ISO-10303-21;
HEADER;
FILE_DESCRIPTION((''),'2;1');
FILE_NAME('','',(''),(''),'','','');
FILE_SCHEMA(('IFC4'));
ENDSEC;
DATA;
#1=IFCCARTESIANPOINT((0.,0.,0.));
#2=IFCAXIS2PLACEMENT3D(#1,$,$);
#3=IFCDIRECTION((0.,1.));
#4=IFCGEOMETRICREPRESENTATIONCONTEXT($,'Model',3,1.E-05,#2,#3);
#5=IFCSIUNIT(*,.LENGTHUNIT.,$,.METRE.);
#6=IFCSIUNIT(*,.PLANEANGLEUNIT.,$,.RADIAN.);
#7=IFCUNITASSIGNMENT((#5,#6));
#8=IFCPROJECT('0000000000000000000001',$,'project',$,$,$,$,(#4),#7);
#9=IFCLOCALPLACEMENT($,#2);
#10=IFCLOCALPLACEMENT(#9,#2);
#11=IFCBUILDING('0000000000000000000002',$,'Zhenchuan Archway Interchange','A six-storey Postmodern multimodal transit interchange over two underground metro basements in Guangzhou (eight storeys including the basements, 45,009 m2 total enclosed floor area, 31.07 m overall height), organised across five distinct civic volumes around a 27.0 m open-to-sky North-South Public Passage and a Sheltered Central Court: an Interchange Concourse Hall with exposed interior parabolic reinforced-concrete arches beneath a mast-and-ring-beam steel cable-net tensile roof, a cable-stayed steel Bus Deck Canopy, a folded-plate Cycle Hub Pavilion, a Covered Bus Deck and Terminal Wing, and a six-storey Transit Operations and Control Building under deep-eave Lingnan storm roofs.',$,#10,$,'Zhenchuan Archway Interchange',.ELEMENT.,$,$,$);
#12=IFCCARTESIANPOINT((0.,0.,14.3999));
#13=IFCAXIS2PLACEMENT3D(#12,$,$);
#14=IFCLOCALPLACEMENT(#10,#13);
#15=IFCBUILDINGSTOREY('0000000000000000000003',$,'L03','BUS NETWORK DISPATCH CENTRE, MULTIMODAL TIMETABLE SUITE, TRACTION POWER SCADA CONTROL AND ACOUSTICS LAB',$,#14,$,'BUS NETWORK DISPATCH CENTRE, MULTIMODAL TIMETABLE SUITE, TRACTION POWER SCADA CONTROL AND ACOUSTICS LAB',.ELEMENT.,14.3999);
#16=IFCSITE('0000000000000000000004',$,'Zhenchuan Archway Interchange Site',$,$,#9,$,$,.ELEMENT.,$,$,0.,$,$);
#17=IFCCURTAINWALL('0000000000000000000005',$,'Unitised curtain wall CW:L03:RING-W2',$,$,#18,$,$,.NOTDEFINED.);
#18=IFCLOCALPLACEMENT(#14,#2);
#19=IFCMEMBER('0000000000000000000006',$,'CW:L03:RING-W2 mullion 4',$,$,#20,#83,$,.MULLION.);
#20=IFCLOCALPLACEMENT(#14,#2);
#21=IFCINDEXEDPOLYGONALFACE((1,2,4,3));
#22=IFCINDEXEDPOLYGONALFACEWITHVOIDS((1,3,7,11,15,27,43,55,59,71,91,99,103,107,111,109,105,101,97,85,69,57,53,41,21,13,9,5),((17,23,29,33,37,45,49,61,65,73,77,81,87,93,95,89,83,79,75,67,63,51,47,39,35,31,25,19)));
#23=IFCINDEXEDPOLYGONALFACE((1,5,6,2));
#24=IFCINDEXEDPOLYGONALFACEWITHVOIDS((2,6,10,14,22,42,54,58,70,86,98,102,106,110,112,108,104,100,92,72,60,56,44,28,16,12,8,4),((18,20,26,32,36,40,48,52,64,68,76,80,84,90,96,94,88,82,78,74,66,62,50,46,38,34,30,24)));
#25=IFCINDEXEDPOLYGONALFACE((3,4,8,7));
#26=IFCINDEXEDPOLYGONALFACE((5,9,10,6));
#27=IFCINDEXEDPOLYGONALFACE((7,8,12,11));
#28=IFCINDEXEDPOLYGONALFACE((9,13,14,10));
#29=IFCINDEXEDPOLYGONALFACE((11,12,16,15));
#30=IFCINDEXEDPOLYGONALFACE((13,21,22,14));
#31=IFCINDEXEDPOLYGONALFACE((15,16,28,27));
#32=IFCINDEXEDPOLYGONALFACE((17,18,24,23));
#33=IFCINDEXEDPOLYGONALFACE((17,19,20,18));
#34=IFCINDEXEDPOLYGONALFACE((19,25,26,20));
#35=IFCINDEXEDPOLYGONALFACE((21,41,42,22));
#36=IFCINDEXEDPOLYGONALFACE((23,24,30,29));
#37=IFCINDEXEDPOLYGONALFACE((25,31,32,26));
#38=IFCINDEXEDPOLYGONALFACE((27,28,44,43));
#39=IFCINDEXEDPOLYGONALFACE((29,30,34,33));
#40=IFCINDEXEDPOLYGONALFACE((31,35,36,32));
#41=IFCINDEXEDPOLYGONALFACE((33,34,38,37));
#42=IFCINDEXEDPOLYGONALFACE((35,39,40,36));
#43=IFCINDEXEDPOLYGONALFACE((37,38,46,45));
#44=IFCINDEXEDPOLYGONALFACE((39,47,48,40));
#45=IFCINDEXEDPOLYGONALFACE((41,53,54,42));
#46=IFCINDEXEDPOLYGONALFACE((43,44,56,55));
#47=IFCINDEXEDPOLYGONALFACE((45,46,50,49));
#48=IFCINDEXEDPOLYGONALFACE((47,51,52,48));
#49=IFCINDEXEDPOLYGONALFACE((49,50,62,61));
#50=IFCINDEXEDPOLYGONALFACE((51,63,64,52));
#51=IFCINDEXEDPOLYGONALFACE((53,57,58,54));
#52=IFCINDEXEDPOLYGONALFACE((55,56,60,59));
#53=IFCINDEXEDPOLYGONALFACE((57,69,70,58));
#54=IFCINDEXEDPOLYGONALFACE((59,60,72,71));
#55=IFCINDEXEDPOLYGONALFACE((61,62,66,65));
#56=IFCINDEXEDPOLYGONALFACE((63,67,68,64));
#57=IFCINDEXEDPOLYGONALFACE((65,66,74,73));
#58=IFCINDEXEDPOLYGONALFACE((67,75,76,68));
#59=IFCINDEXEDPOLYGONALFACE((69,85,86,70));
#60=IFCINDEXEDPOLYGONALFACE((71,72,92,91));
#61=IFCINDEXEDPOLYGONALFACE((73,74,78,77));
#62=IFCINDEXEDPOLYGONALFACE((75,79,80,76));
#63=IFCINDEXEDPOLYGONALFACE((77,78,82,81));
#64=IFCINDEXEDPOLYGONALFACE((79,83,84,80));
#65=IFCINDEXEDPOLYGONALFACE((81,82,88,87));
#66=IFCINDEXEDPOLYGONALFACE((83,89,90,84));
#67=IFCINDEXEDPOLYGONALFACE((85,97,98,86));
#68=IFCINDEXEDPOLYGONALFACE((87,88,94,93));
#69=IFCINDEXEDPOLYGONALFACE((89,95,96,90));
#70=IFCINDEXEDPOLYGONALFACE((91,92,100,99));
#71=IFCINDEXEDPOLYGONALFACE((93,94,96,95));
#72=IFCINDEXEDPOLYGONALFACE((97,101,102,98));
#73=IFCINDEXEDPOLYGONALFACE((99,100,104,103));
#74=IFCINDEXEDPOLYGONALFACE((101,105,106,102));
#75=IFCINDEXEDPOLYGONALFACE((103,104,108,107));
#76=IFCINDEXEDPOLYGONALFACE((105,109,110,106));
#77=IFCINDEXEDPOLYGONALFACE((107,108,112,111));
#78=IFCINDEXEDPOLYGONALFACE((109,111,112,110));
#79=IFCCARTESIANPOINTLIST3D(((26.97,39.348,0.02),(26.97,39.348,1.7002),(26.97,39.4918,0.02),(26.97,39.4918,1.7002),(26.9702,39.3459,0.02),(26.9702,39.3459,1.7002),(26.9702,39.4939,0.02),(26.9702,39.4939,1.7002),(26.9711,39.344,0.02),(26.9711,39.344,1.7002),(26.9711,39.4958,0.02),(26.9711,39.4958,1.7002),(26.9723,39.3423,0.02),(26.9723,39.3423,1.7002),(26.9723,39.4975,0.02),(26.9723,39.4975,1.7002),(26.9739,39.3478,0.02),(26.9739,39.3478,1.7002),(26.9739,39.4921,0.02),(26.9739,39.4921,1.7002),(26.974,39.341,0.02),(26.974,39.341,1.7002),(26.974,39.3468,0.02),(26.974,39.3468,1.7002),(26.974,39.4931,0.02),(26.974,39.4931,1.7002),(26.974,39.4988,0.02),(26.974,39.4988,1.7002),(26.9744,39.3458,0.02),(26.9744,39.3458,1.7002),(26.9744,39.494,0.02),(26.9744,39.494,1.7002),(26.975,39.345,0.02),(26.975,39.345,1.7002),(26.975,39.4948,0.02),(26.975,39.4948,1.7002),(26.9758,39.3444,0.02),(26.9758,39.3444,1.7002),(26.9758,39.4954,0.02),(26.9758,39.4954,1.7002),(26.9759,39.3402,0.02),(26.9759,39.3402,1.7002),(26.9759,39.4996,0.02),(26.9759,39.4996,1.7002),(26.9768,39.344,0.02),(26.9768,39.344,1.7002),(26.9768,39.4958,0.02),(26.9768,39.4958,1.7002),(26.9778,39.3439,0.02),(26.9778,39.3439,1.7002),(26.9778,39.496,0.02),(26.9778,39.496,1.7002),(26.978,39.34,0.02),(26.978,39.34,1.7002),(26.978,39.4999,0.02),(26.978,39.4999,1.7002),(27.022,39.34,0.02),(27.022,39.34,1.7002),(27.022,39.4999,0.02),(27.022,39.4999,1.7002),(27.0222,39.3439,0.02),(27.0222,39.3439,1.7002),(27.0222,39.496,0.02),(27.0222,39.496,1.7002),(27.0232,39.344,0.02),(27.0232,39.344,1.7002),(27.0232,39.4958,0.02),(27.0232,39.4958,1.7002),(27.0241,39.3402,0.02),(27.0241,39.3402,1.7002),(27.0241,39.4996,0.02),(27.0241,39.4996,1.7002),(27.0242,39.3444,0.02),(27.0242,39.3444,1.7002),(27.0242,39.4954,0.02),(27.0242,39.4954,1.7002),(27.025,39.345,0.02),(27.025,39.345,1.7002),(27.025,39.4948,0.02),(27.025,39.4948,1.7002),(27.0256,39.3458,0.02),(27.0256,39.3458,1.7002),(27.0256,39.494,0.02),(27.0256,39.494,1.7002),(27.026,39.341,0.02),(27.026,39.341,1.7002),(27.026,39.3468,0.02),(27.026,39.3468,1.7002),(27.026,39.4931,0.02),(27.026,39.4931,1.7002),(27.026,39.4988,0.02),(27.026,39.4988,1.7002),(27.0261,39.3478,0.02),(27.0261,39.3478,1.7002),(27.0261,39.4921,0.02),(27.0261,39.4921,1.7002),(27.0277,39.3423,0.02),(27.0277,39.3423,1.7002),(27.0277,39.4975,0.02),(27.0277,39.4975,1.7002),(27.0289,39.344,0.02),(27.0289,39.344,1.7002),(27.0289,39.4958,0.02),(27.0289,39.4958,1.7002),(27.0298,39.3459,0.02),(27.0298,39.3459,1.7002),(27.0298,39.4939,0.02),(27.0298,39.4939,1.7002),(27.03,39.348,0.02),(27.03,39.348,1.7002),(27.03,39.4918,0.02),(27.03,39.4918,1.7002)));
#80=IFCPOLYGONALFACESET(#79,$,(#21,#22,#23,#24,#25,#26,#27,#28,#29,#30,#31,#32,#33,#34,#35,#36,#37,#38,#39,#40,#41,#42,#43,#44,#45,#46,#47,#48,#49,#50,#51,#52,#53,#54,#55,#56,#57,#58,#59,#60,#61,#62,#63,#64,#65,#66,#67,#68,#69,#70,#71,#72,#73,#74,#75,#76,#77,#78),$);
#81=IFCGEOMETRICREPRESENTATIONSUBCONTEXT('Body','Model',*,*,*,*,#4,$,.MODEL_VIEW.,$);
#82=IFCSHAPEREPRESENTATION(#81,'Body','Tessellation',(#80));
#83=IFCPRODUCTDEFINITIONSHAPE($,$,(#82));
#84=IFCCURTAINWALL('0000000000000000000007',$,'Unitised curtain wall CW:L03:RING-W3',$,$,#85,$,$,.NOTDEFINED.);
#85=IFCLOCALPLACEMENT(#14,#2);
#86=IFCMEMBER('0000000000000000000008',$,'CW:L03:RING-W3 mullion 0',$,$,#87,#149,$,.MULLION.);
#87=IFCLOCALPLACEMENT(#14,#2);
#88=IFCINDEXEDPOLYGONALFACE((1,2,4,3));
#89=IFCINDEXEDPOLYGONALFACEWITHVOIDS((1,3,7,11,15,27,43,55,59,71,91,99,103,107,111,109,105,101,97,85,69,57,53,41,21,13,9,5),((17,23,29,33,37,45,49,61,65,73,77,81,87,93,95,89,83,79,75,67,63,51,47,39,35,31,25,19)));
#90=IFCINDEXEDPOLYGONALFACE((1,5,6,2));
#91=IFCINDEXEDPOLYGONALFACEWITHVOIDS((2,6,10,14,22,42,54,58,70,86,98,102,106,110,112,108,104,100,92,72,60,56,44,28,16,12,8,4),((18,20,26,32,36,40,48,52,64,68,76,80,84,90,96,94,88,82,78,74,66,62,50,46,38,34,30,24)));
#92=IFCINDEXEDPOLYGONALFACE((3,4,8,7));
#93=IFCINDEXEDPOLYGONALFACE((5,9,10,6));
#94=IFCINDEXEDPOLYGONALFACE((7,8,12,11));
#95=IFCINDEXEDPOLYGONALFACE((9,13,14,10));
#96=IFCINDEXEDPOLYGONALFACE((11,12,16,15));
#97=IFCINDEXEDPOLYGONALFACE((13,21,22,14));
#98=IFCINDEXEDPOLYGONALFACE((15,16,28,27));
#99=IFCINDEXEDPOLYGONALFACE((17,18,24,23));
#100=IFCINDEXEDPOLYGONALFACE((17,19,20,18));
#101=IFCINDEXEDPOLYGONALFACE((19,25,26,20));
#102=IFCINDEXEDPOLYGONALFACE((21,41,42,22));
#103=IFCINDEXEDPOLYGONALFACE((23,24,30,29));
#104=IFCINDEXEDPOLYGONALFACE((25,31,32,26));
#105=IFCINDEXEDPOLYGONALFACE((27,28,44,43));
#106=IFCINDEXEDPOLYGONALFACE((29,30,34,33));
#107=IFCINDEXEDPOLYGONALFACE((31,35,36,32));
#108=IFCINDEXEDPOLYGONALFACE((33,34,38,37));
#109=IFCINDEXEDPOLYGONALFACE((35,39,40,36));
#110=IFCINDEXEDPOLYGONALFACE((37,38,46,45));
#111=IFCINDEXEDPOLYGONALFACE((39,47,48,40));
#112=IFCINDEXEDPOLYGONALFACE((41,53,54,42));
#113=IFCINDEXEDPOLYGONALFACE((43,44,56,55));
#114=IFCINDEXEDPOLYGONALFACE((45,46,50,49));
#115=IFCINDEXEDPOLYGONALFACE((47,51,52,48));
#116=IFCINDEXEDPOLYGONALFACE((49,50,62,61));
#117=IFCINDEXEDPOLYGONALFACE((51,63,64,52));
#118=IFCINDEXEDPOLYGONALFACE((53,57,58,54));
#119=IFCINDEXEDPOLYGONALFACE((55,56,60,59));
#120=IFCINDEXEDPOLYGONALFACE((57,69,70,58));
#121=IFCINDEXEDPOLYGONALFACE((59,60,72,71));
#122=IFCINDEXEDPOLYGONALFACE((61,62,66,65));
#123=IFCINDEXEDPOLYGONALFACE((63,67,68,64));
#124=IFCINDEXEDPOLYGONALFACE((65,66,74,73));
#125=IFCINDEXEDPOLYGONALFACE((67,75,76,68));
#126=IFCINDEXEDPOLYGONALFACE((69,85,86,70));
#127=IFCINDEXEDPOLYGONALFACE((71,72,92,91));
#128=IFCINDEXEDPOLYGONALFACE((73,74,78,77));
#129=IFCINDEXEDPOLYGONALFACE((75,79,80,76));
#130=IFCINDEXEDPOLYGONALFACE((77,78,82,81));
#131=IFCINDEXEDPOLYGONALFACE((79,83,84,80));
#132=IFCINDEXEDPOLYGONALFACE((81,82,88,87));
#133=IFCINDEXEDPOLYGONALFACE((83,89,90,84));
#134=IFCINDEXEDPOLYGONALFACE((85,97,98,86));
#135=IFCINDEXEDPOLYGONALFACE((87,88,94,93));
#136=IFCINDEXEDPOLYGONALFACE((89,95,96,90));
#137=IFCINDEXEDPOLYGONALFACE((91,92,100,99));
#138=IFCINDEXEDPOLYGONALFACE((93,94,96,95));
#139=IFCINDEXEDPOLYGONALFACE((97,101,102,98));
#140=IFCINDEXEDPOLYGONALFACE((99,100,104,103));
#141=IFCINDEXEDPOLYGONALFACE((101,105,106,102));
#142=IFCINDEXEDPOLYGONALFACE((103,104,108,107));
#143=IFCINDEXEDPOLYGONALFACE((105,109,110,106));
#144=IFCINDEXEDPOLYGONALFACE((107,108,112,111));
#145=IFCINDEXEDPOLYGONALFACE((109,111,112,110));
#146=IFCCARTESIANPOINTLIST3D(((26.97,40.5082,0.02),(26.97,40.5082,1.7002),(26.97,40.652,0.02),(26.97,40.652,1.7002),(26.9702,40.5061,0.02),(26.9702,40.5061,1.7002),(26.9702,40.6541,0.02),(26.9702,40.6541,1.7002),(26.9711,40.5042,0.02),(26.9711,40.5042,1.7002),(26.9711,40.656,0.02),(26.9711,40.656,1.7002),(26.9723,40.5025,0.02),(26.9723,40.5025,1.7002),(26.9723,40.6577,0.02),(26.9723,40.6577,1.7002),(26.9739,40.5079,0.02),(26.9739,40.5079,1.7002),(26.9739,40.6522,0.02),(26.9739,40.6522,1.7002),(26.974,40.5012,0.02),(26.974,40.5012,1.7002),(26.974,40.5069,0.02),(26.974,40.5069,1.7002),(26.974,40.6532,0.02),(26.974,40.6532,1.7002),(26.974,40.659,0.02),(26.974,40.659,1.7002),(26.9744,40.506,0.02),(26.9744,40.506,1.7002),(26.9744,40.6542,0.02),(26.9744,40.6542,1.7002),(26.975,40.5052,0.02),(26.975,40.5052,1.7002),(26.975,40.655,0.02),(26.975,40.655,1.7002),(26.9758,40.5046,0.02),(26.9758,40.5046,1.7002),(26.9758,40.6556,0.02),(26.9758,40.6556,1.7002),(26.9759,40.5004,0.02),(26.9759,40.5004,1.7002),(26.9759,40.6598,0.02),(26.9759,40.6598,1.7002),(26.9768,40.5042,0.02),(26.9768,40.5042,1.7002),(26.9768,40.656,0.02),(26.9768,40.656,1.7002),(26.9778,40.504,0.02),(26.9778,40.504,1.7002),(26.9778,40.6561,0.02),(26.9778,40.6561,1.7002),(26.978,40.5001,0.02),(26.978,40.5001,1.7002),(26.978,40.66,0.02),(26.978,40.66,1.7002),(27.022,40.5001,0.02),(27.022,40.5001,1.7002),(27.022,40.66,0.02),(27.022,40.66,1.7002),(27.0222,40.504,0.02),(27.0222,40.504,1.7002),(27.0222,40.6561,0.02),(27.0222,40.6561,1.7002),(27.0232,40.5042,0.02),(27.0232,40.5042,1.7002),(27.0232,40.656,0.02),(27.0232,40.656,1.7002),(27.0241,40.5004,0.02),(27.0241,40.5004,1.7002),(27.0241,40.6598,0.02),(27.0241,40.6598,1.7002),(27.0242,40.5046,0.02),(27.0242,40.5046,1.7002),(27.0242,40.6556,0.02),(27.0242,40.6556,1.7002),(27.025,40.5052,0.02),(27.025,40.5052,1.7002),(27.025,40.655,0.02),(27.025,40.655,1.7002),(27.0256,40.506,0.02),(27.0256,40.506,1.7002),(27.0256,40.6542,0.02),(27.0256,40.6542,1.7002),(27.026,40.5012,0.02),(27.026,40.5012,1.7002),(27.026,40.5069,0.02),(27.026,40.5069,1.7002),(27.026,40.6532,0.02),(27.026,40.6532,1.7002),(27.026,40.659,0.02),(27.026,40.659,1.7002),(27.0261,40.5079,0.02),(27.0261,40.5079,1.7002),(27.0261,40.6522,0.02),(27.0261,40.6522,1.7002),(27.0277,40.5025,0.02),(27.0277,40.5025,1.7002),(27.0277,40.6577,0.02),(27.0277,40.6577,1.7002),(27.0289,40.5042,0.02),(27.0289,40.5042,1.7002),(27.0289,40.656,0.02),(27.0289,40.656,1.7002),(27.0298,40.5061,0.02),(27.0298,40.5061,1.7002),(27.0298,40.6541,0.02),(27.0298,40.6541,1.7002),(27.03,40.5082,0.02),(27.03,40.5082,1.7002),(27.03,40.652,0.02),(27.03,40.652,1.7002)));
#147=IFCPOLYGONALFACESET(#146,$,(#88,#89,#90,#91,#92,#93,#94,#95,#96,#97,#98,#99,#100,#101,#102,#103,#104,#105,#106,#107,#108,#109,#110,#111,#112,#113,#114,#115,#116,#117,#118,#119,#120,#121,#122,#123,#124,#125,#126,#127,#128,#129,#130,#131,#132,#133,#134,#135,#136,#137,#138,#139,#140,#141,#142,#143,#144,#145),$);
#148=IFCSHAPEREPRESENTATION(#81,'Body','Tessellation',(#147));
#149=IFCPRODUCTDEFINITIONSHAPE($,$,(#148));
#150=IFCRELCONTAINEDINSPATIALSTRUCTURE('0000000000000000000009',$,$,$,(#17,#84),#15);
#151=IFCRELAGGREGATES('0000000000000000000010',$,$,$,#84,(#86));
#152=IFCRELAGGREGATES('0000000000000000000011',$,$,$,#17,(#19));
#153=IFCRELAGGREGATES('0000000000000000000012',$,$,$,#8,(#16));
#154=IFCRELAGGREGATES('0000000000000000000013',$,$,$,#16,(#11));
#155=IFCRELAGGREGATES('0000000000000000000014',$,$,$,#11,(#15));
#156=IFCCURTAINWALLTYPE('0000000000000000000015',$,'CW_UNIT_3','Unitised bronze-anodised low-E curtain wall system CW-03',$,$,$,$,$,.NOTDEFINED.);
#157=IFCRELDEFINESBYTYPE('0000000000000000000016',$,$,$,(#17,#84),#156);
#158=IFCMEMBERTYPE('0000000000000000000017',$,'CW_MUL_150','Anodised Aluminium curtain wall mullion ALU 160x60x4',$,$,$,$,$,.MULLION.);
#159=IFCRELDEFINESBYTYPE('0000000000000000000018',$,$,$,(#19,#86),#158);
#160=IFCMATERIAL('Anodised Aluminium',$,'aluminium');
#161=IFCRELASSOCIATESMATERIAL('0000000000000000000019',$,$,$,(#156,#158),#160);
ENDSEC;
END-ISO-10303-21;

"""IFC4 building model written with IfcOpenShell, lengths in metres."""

from ifc_helpers import new_model, si_unit, direction, frame, origin, origin_2d, place, context, subcontext, project, spatial, hollow_rectangle, extrude, material, material_profile, profile_set, type_object, element, aggregate, save


model = new_model("IFC4")

# Units and contexts
model_context = context("Model", 3, precision=1e-05, world=origin(), true_north=direction((0.0, 1.0)))
body_context = subcontext(model_context, "Body", "Model", "MODEL_VIEW")
ifc_project = project(units=[si_unit("LENGTHUNIT", "METRE"), si_unit("PLANEANGLEUNIT", "RADIAN")], contexts=[model_context])

# Site, building, storey
site_placement = place(None, origin())
site = spatial("IfcSite", under=ifc_project, at=site_placement, Name="Zhenchuan Archway Interchange Site", CompositionType="ELEMENT", RefElevation=0.0)
building_placement = place(site_placement, origin())
building = spatial("IfcBuilding", under=site, at=building_placement, Name="Zhenchuan Archway Interchange", Description="A six-storey Postmodern multimodal transit interchange over two underground metro basements in Guangzhou (eight storeys including the basements, 45,009 m2 total enclosed floor area, 31.07 m overall height), organised across five distinct civic volumes around a 27.0 m open-to-sky North-South Public Passage and a Sheltered Central Court: an Interchange Concourse Hall with exposed interior parabolic reinforced-concrete arches beneath a mast-and-ring-beam steel cable-net tensile roof, a cable-stayed steel Bus Deck Canopy, a folded-plate Cycle Hub Pavilion, a Covered Bus Deck and Terminal Wing, and a six-storey Transit Operations and Control Building under deep-eave Lingnan storm roofs.", LongName="Zhenchuan Archway Interchange", CompositionType="ELEMENT")
storey_placement = place(building_placement, frame((0.0, 0.0, 14.3999)))
storey = spatial("IfcBuildingStorey", under=building, at=storey_placement, Name="L03", Description="BUS NETWORK DISPATCH CENTRE, MULTIMODAL TIMETABLE SUITE, TRACTION POWER SCADA CONTROL AND ACOUSTICS LAB", LongName="BUS NETWORK DISPATCH CENTRE, MULTIMODAL TIMETABLE SUITE, TRACTION POWER SCADA CONTROL AND ACOUSTICS LAB", CompositionType="ELEMENT", Elevation=14.3999)

# Curtain wall, member
ifc_material_1 = material(Name="Anodised Aluminium", Category="aluminium")
curtain_wall_type = type_object("IfcCurtainWallType", Name="CW_UNIT_3", Description="Unitised bronze-anodised low-E curtain wall system CW-03", PredefinedType="NOTDEFINED", material=ifc_material_1)
curtain_wall_1_placement = place(storey_placement, origin())
curtain_wall_1 = element("IfcCurtainWall", 1, at=curtain_wall_1_placement, inside=storey, type_object=curtain_wall_type, Name="Unitised curtain wall CW:L03:RING-W2", PredefinedType="NOTDEFINED")
ifc_material_profile_1 = material_profile(ifc_material_1, hollow_rectangle(XDim=0.0601, YDim=0.1599, WallThickness=0.0039, InnerFilletRadius=0.0039, OuterFilletRadius=0.0081, at=origin_2d()), Name="ALU 160x60x4")
ifc_profile_set_1 = profile_set([ifc_material_profile_1], Name="Anodised Aluminium")
member_type_1 = type_object("IfcMemberType", Name="CW_MUL_150", Description="Anodised Aluminium curtain wall mullion ALU 160x60x4", PredefinedType="MULLION", material=ifc_profile_set_1)
member_1_placement = place(storey_placement, frame((27.0, 39.4199, 0.02), z_axis=(0.0, 0.0, 1.0), x_axis=(1.0, 0.0, 0.0)))
member_1 = element("IfcMember", 2, at=member_1_placement, type_object=member_type_1, Name="CW:L03:RING-W2 mullion 4", PredefinedType="MULLION", context=body_context, shape_type="SweptSolid", body=[
    extrude(hollow_rectangle(XDim=0.0601, YDim=0.1599, WallThickness=0.0039, InnerFilletRadius=0.0039, OuterFilletRadius=0.0081, at=origin_2d()), origin(), (0.0, 0.0, 1.0), 1.6802),
])

# Curtain wall, member
curtain_wall_2_placement = place(storey_placement, origin())
curtain_wall_2 = element("IfcCurtainWall", 3, at=curtain_wall_2_placement, inside=storey, type_object=curtain_wall_type, Name="Unitised curtain wall CW:L03:RING-W3", PredefinedType="NOTDEFINED")
member_2_placement = place(storey_placement, frame((27.0, 40.5801, 0.02), z_axis=(0.0, 0.0, 1.0), x_axis=(1.0, 0.0, 0.0)))
member_2 = element("IfcMember", 4, at=member_2_placement, type_object=member_type_1, Name="CW:L03:RING-W3 mullion 0", PredefinedType="MULLION", context=body_context, shape_type="SweptSolid", body=[
    extrude(hollow_rectangle(XDim=0.0601, YDim=0.1599, WallThickness=0.0039, InnerFilletRadius=0.0039, OuterFilletRadius=0.0081, at=origin_2d()), origin(), (0.0, 0.0, 1.0), 1.6802),
])

aggregate(curtain_wall_2, [member_2])

aggregate(curtain_wall_1, [member_1])

save(model, "model.ifc")
